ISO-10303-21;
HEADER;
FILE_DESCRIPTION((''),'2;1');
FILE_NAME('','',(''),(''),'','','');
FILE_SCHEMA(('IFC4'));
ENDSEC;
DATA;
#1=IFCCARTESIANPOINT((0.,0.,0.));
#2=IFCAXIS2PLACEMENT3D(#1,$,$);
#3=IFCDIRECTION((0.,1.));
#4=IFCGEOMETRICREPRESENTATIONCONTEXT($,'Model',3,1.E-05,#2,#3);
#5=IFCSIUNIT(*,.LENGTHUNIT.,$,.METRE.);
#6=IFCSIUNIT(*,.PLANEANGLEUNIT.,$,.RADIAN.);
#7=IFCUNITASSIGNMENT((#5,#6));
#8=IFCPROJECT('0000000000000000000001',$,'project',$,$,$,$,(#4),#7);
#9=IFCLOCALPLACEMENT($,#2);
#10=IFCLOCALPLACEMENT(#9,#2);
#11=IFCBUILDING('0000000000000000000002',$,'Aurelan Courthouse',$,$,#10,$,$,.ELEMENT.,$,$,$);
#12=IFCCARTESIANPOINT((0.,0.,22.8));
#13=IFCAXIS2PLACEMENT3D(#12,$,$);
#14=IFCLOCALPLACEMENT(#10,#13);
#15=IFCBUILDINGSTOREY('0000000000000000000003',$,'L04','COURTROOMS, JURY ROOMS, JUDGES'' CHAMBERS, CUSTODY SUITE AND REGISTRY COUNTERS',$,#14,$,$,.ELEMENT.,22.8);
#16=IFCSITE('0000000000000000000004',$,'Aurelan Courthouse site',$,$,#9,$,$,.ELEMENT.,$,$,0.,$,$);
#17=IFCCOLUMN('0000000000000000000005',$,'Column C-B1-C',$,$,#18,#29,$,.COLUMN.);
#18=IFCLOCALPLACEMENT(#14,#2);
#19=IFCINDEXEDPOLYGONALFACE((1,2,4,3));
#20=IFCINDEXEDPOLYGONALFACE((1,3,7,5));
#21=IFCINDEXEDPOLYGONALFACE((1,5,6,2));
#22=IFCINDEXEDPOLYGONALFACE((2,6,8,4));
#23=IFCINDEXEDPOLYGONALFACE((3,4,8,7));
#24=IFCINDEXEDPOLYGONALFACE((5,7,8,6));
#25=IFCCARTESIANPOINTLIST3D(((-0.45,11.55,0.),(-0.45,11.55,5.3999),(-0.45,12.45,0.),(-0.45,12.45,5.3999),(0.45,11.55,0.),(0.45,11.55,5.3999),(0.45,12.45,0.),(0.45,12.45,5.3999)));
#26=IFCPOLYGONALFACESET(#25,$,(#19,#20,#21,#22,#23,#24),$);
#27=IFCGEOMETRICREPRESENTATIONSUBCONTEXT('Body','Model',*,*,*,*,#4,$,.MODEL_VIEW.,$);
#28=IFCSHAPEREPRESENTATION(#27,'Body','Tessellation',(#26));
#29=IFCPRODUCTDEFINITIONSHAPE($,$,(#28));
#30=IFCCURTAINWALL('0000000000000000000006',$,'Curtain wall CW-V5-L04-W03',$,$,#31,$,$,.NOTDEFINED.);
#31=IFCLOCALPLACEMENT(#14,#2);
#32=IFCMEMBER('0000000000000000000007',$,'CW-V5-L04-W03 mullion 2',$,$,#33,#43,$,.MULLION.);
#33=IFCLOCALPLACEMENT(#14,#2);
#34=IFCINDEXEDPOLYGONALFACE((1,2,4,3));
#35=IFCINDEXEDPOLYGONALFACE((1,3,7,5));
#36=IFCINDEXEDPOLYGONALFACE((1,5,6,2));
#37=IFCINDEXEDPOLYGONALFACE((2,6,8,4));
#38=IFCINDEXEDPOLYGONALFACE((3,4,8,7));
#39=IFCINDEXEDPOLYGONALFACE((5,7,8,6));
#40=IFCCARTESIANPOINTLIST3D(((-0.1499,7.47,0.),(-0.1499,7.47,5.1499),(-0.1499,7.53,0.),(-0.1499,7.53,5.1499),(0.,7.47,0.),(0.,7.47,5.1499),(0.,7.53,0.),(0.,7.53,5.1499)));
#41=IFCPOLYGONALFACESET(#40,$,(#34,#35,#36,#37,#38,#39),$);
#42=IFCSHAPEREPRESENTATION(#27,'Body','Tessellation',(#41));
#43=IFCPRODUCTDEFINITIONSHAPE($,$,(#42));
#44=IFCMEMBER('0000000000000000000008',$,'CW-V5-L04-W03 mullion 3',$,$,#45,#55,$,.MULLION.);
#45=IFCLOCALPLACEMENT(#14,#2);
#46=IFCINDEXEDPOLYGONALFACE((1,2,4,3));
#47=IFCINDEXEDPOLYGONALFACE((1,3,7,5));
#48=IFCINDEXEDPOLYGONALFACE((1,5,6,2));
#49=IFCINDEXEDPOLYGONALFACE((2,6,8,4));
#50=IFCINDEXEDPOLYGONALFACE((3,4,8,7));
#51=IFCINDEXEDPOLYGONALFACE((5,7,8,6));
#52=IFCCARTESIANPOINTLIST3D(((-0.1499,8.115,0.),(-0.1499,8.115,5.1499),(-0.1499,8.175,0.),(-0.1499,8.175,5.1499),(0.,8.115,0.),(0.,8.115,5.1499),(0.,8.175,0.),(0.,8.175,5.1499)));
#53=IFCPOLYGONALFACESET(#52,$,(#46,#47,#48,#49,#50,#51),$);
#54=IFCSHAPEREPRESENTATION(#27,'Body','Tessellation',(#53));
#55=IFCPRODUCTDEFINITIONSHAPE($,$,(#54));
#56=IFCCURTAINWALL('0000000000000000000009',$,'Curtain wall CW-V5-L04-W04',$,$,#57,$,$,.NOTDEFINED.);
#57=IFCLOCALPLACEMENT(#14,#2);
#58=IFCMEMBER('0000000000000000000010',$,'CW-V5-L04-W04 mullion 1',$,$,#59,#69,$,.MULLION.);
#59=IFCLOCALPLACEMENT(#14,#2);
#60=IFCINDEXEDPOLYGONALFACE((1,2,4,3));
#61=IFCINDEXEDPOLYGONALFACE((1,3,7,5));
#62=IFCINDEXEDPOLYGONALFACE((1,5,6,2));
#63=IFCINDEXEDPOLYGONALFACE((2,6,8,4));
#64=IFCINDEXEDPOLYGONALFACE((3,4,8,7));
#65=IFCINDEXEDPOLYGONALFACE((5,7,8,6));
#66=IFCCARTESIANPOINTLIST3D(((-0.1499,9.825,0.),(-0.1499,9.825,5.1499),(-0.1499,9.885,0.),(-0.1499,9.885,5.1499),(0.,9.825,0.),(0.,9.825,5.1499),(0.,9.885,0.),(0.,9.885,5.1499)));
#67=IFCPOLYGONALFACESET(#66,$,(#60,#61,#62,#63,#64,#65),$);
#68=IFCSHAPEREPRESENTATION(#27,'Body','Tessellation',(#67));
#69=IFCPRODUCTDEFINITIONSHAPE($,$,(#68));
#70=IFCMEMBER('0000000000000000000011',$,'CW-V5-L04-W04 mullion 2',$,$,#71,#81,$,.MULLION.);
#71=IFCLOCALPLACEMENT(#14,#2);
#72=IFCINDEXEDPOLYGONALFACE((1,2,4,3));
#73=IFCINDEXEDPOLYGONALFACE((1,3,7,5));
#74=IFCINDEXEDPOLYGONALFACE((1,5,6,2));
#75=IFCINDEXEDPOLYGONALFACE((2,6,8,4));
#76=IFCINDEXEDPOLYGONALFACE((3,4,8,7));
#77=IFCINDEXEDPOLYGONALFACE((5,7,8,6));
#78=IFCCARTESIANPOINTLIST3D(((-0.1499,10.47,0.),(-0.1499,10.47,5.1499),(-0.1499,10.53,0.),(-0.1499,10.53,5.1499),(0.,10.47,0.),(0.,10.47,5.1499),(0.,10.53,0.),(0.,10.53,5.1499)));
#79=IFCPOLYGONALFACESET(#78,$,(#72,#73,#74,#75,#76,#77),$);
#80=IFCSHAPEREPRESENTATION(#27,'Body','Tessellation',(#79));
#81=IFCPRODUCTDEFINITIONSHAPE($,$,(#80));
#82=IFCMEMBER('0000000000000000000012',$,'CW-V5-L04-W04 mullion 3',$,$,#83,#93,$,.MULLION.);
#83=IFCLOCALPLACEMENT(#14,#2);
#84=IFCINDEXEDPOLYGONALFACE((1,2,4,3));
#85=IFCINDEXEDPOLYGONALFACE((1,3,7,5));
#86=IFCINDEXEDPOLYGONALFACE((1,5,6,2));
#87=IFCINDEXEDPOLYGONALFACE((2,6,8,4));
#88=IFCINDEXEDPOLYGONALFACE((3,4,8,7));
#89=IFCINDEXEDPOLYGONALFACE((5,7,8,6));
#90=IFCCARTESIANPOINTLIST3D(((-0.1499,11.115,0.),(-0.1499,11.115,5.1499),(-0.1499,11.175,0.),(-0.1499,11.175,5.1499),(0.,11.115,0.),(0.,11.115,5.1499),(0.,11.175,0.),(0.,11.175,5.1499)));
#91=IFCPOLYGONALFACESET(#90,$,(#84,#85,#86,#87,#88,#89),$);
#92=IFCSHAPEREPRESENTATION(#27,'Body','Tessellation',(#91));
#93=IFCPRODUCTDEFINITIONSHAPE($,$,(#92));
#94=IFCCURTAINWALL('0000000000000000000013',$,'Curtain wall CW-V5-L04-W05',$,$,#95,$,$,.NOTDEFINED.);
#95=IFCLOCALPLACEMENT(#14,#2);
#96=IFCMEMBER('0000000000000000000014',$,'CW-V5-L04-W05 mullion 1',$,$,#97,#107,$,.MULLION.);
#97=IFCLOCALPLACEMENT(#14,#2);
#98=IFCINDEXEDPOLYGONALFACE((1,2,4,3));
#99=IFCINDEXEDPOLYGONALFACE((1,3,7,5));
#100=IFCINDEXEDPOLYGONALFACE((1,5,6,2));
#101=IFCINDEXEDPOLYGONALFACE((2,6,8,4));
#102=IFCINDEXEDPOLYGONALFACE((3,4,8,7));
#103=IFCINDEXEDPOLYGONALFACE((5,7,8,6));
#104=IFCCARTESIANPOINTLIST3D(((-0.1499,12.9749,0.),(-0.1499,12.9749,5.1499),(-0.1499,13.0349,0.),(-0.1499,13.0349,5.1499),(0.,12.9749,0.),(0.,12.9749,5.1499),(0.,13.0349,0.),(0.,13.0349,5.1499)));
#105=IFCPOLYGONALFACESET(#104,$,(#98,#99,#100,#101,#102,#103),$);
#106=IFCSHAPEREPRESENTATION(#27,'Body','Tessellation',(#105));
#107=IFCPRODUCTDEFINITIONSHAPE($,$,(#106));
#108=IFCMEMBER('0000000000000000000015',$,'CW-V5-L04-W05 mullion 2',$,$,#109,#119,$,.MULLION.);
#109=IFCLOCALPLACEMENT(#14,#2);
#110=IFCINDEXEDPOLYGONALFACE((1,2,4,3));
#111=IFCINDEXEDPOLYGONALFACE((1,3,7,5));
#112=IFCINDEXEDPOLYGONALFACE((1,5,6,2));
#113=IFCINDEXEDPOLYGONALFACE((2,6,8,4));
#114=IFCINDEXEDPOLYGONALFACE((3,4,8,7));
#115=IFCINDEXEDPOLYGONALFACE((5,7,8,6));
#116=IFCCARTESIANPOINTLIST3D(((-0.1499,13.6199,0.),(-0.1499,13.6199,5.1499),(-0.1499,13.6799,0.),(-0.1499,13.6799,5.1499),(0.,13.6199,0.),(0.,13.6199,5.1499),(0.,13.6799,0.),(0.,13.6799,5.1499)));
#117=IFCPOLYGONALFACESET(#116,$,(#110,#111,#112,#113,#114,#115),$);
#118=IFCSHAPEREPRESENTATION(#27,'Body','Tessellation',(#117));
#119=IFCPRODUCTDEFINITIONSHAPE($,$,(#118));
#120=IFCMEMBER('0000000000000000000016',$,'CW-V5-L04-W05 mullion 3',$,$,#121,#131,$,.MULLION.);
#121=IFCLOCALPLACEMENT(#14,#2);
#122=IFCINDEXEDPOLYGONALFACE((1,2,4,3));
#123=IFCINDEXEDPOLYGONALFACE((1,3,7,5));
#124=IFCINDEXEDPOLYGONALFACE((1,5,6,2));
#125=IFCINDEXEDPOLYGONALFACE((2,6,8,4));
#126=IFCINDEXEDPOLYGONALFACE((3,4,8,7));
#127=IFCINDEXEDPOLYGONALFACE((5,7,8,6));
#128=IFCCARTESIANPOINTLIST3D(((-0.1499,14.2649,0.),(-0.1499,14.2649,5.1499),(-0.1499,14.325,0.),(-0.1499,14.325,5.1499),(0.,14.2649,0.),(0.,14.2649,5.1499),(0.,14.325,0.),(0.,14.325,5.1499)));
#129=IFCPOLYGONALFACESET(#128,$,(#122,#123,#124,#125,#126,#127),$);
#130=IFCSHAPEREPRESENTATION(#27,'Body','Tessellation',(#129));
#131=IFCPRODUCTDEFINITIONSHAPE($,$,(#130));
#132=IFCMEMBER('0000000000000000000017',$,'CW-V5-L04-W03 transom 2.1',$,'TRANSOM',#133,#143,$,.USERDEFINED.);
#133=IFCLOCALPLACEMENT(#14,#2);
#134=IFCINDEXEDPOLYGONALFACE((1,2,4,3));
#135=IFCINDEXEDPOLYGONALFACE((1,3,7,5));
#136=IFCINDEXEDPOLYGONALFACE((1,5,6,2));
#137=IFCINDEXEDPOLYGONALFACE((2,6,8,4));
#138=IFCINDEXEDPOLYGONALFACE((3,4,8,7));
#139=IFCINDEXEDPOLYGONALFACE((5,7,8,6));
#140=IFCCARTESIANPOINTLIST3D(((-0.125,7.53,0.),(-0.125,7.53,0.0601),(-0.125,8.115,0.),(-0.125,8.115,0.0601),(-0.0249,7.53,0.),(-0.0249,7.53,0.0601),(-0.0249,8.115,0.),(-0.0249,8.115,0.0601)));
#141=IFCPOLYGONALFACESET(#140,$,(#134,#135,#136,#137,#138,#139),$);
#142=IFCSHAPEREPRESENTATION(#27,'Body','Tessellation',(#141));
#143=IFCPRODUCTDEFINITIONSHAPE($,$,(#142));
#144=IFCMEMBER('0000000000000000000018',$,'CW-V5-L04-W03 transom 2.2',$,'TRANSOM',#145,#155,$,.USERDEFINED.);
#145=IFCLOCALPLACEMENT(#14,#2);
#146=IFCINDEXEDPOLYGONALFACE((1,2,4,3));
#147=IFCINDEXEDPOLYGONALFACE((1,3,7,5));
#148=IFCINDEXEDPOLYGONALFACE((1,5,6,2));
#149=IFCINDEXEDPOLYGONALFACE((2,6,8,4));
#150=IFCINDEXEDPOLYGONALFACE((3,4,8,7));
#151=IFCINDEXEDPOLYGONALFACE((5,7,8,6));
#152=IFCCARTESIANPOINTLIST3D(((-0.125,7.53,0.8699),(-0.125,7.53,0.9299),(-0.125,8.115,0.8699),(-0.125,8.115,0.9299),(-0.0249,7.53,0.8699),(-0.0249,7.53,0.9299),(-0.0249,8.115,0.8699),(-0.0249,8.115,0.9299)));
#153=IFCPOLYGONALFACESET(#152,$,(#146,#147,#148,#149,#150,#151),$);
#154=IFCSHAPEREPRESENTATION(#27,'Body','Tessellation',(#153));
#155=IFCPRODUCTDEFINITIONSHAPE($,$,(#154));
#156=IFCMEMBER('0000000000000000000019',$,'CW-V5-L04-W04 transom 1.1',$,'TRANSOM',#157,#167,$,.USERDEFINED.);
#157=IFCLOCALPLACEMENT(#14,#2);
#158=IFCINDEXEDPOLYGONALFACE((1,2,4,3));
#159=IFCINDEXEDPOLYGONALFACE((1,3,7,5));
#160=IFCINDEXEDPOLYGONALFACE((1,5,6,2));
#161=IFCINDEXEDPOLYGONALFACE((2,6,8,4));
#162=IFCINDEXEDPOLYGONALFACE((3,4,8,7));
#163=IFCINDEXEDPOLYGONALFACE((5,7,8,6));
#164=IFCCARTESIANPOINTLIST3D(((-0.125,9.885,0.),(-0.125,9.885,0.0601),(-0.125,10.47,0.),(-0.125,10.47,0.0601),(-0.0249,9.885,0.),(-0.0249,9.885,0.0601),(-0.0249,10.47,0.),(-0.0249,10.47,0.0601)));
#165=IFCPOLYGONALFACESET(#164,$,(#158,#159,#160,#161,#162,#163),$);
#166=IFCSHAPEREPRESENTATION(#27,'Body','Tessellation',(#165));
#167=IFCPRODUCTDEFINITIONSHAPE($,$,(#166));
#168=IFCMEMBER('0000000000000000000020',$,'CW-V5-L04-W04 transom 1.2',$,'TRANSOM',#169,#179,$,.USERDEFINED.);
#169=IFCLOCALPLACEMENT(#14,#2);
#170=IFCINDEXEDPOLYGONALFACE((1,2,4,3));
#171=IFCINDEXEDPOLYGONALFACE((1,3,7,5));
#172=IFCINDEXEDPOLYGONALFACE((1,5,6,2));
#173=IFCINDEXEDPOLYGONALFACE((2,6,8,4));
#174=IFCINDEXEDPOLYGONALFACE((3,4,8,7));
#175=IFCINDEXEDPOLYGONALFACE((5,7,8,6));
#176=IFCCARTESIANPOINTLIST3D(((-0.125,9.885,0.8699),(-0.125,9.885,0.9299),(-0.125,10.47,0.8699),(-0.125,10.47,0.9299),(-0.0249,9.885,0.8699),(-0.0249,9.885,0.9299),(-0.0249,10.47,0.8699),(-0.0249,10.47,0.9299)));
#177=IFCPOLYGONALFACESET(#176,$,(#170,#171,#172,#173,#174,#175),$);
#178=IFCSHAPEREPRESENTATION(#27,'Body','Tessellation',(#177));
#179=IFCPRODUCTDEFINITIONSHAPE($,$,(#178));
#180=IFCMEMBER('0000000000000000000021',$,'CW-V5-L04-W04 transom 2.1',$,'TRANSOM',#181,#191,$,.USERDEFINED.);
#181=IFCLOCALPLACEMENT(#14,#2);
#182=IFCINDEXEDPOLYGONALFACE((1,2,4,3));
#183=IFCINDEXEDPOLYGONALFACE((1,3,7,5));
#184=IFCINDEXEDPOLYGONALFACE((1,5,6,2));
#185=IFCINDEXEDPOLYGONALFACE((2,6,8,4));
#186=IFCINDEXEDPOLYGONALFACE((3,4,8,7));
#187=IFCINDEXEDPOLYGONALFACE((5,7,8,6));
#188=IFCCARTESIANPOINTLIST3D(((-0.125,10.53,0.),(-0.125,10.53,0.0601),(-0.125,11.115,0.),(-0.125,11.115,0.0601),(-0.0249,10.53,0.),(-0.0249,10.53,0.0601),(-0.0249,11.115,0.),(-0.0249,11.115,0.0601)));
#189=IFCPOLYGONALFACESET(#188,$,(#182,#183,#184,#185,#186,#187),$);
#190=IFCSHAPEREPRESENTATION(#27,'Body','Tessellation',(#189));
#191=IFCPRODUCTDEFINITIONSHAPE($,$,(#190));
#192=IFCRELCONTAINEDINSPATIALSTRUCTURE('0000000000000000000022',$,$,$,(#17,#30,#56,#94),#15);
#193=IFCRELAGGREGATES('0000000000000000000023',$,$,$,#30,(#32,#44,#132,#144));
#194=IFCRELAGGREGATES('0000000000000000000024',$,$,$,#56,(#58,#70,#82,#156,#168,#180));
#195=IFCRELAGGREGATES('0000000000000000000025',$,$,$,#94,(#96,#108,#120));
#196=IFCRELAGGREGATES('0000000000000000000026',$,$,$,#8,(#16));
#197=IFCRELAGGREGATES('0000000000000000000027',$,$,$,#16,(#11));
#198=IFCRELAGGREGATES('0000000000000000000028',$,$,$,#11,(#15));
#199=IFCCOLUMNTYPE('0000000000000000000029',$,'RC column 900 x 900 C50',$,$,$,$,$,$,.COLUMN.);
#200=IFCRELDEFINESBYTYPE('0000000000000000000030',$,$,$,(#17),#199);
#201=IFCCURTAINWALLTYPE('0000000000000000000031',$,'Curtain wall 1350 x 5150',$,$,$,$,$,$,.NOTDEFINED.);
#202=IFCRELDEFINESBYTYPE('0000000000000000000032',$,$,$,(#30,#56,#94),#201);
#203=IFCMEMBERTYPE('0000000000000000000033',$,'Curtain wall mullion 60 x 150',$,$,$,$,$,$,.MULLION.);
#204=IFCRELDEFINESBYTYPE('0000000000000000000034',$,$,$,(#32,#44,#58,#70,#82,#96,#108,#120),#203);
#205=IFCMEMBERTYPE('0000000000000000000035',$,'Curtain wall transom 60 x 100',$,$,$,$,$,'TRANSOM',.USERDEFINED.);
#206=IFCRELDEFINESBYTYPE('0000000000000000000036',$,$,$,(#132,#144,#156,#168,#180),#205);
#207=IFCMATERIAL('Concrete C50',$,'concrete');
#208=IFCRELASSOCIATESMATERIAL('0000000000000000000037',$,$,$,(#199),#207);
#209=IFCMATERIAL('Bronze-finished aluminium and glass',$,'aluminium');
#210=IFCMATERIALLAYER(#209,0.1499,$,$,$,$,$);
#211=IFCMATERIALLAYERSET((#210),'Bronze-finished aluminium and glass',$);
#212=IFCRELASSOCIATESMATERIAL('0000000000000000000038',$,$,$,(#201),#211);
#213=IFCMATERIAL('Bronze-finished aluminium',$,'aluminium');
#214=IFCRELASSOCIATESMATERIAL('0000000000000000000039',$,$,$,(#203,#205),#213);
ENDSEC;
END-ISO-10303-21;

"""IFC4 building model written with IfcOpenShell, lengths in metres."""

from ifc_helpers import new_model, si_unit, direction, frame, origin, origin_2d, place, context, subcontext, project, spatial, rectangle, extrude, material, layer, layer_set, material_profile, profile_set, type_object, element, aggregate, save


model = new_model("IFC4")

# Units and contexts
model_context = context("Model", 3, precision=1e-05, world=origin(), true_north=direction((0.0, 1.0)))
body_context = subcontext(model_context, "Body", "Model", "MODEL_VIEW")
ifc_project = project(units=[si_unit("LENGTHUNIT", "METRE"), si_unit("PLANEANGLEUNIT", "RADIAN")], contexts=[model_context])

# Site, building, storey
site_placement = place(None, origin())
site = spatial("IfcSite", under=ifc_project, at=site_placement, Name="Aurelan Courthouse site", CompositionType="ELEMENT", RefElevation=0.0)
building_placement = place(site_placement, origin())
building = spatial("IfcBuilding", under=site, at=building_placement, Name="Aurelan Courthouse", CompositionType="ELEMENT")
storey_placement = place(building_placement, frame((0.0, 0.0, 22.8)))
storey = spatial("IfcBuildingStorey", under=building, at=storey_placement, Name="L04", Description="COURTROOMS, JURY ROOMS, JUDGES' CHAMBERS, CUSTODY SUITE AND REGISTRY COUNTERS", CompositionType="ELEMENT", Elevation=22.8)

# Column
ifc_material_1 = material(Name="Concrete C50", Category="concrete")
ifc_material_profile_1 = material_profile(ifc_material_1, rectangle(XDim=0.8999, YDim=0.8999, at=origin_2d()), Name="RC 900 x 900")
ifc_profile_set_1 = profile_set([ifc_material_profile_1], Name="Concrete C50")
column_type = type_object("IfcColumnType", Name="RC column 900 x 900 C50", PredefinedType="COLUMN", material=ifc_profile_set_1)
column_placement = place(storey_placement, frame((0.0, 12.0, 0.0), z_axis=(0.0, 0.0, 1.0), x_axis=(1.0, 0.0, 0.0)))
element("IfcColumn", 1, at=column_placement, inside=storey, type_object=column_type, Name="Column C-B1-C", PredefinedType="COLUMN", context=body_context, shape_type="SweptSolid", body=[
    extrude(rectangle(XDim=0.8999, YDim=0.8999, at=origin_2d()), origin(), (0.0, 0.0, 1.0), 5.3999),
])

# Curtain walls, members
ifc_material_2 = material(Name="Bronze-finished aluminium and glass", Category="aluminium")
ifc_layer_1 = layer(ifc_material_2, 0.1499)
ifc_layer_set_1 = layer_set([ifc_layer_1], Name="Bronze-finished aluminium and glass")
curtain_wall_type = type_object("IfcCurtainWallType", Name="Curtain wall 1350 x 5150", PredefinedType="NOTDEFINED", material=ifc_layer_set_1)
curtain_wall_1_placement = place(storey_placement, origin())
curtain_wall_1 = element("IfcCurtainWall", 2, at=curtain_wall_1_placement, inside=storey, type_object=curtain_wall_type, Name="Curtain wall CW-V5-L04-W03", PredefinedType="NOTDEFINED")
ifc_material_3 = material(Name="Bronze-finished aluminium", Category="aluminium")
ifc_material_profile_2 = material_profile(ifc_material_3, rectangle(XDim=0.1499, YDim=0.0601, at=origin_2d()), Name="Bronze mullion 60 x 150")
ifc_profile_set_2 = profile_set([ifc_material_profile_2], Name="Bronze-finished aluminium")
member_type_1 = type_object("IfcMemberType", Name="Curtain wall mullion 60 x 150", PredefinedType="MULLION", material=ifc_profile_set_2)
member_1_placement = place(storey_placement, frame((-0.075, 7.5, 0.0), z_axis=(0.0, 0.0, 1.0), x_axis=(-1.0, 0.0, 0.0)))
member_1 = element("IfcMember", 3, at=member_1_placement, type_object=member_type_1, Name="CW-V5-L04-W03 mullion 2", PredefinedType="MULLION", context=body_context, shape_type="SweptSolid", body=[
    extrude(rectangle(XDim=0.1499, YDim=0.0601, at=origin_2d()), origin(), (0.0, 0.0, 1.0), 5.1499),
])
member_2_placement = place(storey_placement, frame((-0.075, 8.145, 0.0), z_axis=(0.0, 0.0, 1.0), x_axis=(-1.0, 0.0, 0.0)))
member_2 = element("IfcMember", 4, at=member_2_placement, type_object=member_type_1, Name="CW-V5-L04-W03 mullion 3", PredefinedType="MULLION", context=body_context, shape_type="SweptSolid", body=[
    extrude(rectangle(XDim=0.1499, YDim=0.0601, at=origin_2d()), origin(), (0.0, 0.0, 1.0), 5.1499),
])
curtain_wall_2_placement = place(storey_placement, origin())
curtain_wall_2 = element("IfcCurtainWall", 5, at=curtain_wall_2_placement, inside=storey, type_object=curtain_wall_type, Name="Curtain wall CW-V5-L04-W04", PredefinedType="NOTDEFINED")
member_3_placement = place(storey_placement, frame((-0.075, 9.855, 0.0), z_axis=(0.0, 0.0, 1.0), x_axis=(-1.0, 0.0, 0.0)))
member_3 = element("IfcMember", 6, at=member_3_placement, type_object=member_type_1, Name="CW-V5-L04-W04 mullion 1", PredefinedType="MULLION", context=body_context, shape_type="SweptSolid", body=[
    extrude(rectangle(XDim=0.1499, YDim=0.0601, at=origin_2d()), origin(), (0.0, 0.0, 1.0), 5.1499),
])
member_4_placement = place(storey_placement, frame((-0.075, 10.5, 0.0), z_axis=(0.0, 0.0, 1.0), x_axis=(-1.0, 0.0, 0.0)))
member_4 = element("IfcMember", 7, at=member_4_placement, type_object=member_type_1, Name="CW-V5-L04-W04 mullion 2", PredefinedType="MULLION", context=body_context, shape_type="SweptSolid", body=[
    extrude(rectangle(XDim=0.1499, YDim=0.0601, at=origin_2d()), origin(), (0.0, 0.0, 1.0), 5.1499),
])
member_5_placement = place(storey_placement, frame((-0.075, 11.145, 0.0), z_axis=(0.0, 0.0, 1.0), x_axis=(-1.0, 0.0, 0.0)))
member_5 = element("IfcMember", 8, at=member_5_placement, type_object=member_type_1, Name="CW-V5-L04-W04 mullion 3", PredefinedType="MULLION", context=body_context, shape_type="SweptSolid", body=[
    extrude(rectangle(XDim=0.1499, YDim=0.0601, at=origin_2d()), origin(), (0.0, 0.0, 1.0), 5.1499),
])
curtain_wall_3_placement = place(storey_placement, origin())
curtain_wall_3 = element("IfcCurtainWall", 9, at=curtain_wall_3_placement, inside=storey, type_object=curtain_wall_type, Name="Curtain wall CW-V5-L04-W05", PredefinedType="NOTDEFINED")
member_6_placement = place(storey_placement, frame((-0.075, 13.0049, 0.0), z_axis=(0.0, 0.0, 1.0), x_axis=(-1.0, 0.0, 0.0)))
member_6 = element("IfcMember", 10, at=member_6_placement, type_object=member_type_1, Name="CW-V5-L04-W05 mullion 1", PredefinedType="MULLION", context=body_context, shape_type="SweptSolid", body=[
    extrude(rectangle(XDim=0.1499, YDim=0.0601, at=origin_2d()), origin(), (0.0, 0.0, 1.0), 5.1499),
])
member_7_placement = place(storey_placement, frame((-0.075, 13.6499, 0.0), z_axis=(0.0, 0.0, 1.0), x_axis=(-1.0, 0.0, 0.0)))
member_7 = element("IfcMember", 11, at=member_7_placement, type_object=member_type_1, Name="CW-V5-L04-W05 mullion 2", PredefinedType="MULLION", context=body_context, shape_type="SweptSolid", body=[
    extrude(rectangle(XDim=0.1499, YDim=0.0601, at=origin_2d()), origin(), (0.0, 0.0, 1.0), 5.1499),
])
member_8_placement = place(storey_placement, frame((-0.075, 14.2949, 0.0), z_axis=(0.0, 0.0, 1.0), x_axis=(-1.0, 0.0, 0.0)))
member_8 = element("IfcMember", 12, at=member_8_placement, type_object=member_type_1, Name="CW-V5-L04-W05 mullion 3", PredefinedType="MULLION", context=body_context, shape_type="SweptSolid", body=[
    extrude(rectangle(XDim=0.1499, YDim=0.0601, at=origin_2d()), origin(), (0.0, 0.0, 1.0), 5.1499),
])

# Members
ifc_material_profile_3 = material_profile(ifc_material_3, rectangle(XDim=0.1001, YDim=0.0601, at=origin_2d()), Name="Bronze transom 60 x 100")
ifc_profile_set_3 = profile_set([ifc_material_profile_3], Name="Bronze-finished aluminium")
member_type_2 = type_object("IfcMemberType", Name="Curtain wall transom 60 x 100", ElementType="TRANSOM", PredefinedType="USERDEFINED", material=ifc_profile_set_3)
member_9_placement = place(storey_placement, frame((-0.075, 7.53, 0.03), z_axis=(0.0, 1.0, 0.0), x_axis=(-1.0, 0.0, 0.0)))
member_9 = element("IfcMember", 13, at=member_9_placement, type_object=member_type_2, Name="CW-V5-L04-W03 transom 2.1", ObjectType="TRANSOM", PredefinedType="USERDEFINED", context=body_context, shape_type="SweptSolid", body=[
    extrude(rectangle(XDim=0.1001, YDim=0.0601, at=origin_2d()), origin(), (0.0, 0.0, 1.0), 0.585),
])
member_10_placement = place(storey_placement, frame((-0.075, 7.53, 0.8999), z_axis=(0.0, 1.0, 0.0), x_axis=(-1.0, 0.0, 0.0)))
member_10 = element("IfcMember", 14, at=member_10_placement, type_object=member_type_2, Name="CW-V5-L04-W03 transom 2.2", ObjectType="TRANSOM", PredefinedType="USERDEFINED", context=body_context, shape_type="SweptSolid", body=[
    extrude(rectangle(XDim=0.1001, YDim=0.0601, at=origin_2d()), origin(), (0.0, 0.0, 1.0), 0.585),
])
member_11_placement = place(storey_placement, frame((-0.075, 9.885, 0.03), z_axis=(0.0, 1.0, 0.0), x_axis=(-1.0, 0.0, 0.0)))
member_11 = element("IfcMember", 15, at=member_11_placement, type_object=member_type_2, Name="CW-V5-L04-W04 transom 1.1", ObjectType="TRANSOM", PredefinedType="USERDEFINED", context=body_context, shape_type="SweptSolid", body=[
    extrude(rectangle(XDim=0.1001, YDim=0.0601, at=origin_2d()), origin(), (0.0, 0.0, 1.0), 0.585),
])
member_12_placement = place(storey_placement, frame((-0.075, 9.885, 0.8999), z_axis=(0.0, 1.0, 0.0), x_axis=(-1.0, 0.0, 0.0)))
member_12 = element("IfcMember", 16, at=member_12_placement, type_object=member_type_2, Name="CW-V5-L04-W04 transom 1.2", ObjectType="TRANSOM", PredefinedType="USERDEFINED", context=body_context, shape_type="SweptSolid", body=[
    extrude(rectangle(XDim=0.1001, YDim=0.0601, at=origin_2d()), origin(), (0.0, 0.0, 1.0), 0.585),
])
member_13_placement = place(storey_placement, frame((-0.075, 10.53, 0.03), z_axis=(0.0, 1.0, 0.0), x_axis=(-1.0, 0.0, 0.0)))
member_13 = element("IfcMember", 17, at=member_13_placement, type_object=member_type_2, Name="CW-V5-L04-W04 transom 2.1", ObjectType="TRANSOM", PredefinedType="USERDEFINED", context=body_context, shape_type="SweptSolid", body=[
    extrude(rectangle(XDim=0.1001, YDim=0.0601, at=origin_2d()), origin(), (0.0, 0.0, 1.0), 0.585),
])

aggregate(curtain_wall_1, [member_1, member_2, member_9, member_10])
aggregate(curtain_wall_2, [member_3, member_4, member_5, member_11, member_12, member_13])
aggregate(curtain_wall_3, [member_6, member_7, member_8])

save(model, "model.ifc")
